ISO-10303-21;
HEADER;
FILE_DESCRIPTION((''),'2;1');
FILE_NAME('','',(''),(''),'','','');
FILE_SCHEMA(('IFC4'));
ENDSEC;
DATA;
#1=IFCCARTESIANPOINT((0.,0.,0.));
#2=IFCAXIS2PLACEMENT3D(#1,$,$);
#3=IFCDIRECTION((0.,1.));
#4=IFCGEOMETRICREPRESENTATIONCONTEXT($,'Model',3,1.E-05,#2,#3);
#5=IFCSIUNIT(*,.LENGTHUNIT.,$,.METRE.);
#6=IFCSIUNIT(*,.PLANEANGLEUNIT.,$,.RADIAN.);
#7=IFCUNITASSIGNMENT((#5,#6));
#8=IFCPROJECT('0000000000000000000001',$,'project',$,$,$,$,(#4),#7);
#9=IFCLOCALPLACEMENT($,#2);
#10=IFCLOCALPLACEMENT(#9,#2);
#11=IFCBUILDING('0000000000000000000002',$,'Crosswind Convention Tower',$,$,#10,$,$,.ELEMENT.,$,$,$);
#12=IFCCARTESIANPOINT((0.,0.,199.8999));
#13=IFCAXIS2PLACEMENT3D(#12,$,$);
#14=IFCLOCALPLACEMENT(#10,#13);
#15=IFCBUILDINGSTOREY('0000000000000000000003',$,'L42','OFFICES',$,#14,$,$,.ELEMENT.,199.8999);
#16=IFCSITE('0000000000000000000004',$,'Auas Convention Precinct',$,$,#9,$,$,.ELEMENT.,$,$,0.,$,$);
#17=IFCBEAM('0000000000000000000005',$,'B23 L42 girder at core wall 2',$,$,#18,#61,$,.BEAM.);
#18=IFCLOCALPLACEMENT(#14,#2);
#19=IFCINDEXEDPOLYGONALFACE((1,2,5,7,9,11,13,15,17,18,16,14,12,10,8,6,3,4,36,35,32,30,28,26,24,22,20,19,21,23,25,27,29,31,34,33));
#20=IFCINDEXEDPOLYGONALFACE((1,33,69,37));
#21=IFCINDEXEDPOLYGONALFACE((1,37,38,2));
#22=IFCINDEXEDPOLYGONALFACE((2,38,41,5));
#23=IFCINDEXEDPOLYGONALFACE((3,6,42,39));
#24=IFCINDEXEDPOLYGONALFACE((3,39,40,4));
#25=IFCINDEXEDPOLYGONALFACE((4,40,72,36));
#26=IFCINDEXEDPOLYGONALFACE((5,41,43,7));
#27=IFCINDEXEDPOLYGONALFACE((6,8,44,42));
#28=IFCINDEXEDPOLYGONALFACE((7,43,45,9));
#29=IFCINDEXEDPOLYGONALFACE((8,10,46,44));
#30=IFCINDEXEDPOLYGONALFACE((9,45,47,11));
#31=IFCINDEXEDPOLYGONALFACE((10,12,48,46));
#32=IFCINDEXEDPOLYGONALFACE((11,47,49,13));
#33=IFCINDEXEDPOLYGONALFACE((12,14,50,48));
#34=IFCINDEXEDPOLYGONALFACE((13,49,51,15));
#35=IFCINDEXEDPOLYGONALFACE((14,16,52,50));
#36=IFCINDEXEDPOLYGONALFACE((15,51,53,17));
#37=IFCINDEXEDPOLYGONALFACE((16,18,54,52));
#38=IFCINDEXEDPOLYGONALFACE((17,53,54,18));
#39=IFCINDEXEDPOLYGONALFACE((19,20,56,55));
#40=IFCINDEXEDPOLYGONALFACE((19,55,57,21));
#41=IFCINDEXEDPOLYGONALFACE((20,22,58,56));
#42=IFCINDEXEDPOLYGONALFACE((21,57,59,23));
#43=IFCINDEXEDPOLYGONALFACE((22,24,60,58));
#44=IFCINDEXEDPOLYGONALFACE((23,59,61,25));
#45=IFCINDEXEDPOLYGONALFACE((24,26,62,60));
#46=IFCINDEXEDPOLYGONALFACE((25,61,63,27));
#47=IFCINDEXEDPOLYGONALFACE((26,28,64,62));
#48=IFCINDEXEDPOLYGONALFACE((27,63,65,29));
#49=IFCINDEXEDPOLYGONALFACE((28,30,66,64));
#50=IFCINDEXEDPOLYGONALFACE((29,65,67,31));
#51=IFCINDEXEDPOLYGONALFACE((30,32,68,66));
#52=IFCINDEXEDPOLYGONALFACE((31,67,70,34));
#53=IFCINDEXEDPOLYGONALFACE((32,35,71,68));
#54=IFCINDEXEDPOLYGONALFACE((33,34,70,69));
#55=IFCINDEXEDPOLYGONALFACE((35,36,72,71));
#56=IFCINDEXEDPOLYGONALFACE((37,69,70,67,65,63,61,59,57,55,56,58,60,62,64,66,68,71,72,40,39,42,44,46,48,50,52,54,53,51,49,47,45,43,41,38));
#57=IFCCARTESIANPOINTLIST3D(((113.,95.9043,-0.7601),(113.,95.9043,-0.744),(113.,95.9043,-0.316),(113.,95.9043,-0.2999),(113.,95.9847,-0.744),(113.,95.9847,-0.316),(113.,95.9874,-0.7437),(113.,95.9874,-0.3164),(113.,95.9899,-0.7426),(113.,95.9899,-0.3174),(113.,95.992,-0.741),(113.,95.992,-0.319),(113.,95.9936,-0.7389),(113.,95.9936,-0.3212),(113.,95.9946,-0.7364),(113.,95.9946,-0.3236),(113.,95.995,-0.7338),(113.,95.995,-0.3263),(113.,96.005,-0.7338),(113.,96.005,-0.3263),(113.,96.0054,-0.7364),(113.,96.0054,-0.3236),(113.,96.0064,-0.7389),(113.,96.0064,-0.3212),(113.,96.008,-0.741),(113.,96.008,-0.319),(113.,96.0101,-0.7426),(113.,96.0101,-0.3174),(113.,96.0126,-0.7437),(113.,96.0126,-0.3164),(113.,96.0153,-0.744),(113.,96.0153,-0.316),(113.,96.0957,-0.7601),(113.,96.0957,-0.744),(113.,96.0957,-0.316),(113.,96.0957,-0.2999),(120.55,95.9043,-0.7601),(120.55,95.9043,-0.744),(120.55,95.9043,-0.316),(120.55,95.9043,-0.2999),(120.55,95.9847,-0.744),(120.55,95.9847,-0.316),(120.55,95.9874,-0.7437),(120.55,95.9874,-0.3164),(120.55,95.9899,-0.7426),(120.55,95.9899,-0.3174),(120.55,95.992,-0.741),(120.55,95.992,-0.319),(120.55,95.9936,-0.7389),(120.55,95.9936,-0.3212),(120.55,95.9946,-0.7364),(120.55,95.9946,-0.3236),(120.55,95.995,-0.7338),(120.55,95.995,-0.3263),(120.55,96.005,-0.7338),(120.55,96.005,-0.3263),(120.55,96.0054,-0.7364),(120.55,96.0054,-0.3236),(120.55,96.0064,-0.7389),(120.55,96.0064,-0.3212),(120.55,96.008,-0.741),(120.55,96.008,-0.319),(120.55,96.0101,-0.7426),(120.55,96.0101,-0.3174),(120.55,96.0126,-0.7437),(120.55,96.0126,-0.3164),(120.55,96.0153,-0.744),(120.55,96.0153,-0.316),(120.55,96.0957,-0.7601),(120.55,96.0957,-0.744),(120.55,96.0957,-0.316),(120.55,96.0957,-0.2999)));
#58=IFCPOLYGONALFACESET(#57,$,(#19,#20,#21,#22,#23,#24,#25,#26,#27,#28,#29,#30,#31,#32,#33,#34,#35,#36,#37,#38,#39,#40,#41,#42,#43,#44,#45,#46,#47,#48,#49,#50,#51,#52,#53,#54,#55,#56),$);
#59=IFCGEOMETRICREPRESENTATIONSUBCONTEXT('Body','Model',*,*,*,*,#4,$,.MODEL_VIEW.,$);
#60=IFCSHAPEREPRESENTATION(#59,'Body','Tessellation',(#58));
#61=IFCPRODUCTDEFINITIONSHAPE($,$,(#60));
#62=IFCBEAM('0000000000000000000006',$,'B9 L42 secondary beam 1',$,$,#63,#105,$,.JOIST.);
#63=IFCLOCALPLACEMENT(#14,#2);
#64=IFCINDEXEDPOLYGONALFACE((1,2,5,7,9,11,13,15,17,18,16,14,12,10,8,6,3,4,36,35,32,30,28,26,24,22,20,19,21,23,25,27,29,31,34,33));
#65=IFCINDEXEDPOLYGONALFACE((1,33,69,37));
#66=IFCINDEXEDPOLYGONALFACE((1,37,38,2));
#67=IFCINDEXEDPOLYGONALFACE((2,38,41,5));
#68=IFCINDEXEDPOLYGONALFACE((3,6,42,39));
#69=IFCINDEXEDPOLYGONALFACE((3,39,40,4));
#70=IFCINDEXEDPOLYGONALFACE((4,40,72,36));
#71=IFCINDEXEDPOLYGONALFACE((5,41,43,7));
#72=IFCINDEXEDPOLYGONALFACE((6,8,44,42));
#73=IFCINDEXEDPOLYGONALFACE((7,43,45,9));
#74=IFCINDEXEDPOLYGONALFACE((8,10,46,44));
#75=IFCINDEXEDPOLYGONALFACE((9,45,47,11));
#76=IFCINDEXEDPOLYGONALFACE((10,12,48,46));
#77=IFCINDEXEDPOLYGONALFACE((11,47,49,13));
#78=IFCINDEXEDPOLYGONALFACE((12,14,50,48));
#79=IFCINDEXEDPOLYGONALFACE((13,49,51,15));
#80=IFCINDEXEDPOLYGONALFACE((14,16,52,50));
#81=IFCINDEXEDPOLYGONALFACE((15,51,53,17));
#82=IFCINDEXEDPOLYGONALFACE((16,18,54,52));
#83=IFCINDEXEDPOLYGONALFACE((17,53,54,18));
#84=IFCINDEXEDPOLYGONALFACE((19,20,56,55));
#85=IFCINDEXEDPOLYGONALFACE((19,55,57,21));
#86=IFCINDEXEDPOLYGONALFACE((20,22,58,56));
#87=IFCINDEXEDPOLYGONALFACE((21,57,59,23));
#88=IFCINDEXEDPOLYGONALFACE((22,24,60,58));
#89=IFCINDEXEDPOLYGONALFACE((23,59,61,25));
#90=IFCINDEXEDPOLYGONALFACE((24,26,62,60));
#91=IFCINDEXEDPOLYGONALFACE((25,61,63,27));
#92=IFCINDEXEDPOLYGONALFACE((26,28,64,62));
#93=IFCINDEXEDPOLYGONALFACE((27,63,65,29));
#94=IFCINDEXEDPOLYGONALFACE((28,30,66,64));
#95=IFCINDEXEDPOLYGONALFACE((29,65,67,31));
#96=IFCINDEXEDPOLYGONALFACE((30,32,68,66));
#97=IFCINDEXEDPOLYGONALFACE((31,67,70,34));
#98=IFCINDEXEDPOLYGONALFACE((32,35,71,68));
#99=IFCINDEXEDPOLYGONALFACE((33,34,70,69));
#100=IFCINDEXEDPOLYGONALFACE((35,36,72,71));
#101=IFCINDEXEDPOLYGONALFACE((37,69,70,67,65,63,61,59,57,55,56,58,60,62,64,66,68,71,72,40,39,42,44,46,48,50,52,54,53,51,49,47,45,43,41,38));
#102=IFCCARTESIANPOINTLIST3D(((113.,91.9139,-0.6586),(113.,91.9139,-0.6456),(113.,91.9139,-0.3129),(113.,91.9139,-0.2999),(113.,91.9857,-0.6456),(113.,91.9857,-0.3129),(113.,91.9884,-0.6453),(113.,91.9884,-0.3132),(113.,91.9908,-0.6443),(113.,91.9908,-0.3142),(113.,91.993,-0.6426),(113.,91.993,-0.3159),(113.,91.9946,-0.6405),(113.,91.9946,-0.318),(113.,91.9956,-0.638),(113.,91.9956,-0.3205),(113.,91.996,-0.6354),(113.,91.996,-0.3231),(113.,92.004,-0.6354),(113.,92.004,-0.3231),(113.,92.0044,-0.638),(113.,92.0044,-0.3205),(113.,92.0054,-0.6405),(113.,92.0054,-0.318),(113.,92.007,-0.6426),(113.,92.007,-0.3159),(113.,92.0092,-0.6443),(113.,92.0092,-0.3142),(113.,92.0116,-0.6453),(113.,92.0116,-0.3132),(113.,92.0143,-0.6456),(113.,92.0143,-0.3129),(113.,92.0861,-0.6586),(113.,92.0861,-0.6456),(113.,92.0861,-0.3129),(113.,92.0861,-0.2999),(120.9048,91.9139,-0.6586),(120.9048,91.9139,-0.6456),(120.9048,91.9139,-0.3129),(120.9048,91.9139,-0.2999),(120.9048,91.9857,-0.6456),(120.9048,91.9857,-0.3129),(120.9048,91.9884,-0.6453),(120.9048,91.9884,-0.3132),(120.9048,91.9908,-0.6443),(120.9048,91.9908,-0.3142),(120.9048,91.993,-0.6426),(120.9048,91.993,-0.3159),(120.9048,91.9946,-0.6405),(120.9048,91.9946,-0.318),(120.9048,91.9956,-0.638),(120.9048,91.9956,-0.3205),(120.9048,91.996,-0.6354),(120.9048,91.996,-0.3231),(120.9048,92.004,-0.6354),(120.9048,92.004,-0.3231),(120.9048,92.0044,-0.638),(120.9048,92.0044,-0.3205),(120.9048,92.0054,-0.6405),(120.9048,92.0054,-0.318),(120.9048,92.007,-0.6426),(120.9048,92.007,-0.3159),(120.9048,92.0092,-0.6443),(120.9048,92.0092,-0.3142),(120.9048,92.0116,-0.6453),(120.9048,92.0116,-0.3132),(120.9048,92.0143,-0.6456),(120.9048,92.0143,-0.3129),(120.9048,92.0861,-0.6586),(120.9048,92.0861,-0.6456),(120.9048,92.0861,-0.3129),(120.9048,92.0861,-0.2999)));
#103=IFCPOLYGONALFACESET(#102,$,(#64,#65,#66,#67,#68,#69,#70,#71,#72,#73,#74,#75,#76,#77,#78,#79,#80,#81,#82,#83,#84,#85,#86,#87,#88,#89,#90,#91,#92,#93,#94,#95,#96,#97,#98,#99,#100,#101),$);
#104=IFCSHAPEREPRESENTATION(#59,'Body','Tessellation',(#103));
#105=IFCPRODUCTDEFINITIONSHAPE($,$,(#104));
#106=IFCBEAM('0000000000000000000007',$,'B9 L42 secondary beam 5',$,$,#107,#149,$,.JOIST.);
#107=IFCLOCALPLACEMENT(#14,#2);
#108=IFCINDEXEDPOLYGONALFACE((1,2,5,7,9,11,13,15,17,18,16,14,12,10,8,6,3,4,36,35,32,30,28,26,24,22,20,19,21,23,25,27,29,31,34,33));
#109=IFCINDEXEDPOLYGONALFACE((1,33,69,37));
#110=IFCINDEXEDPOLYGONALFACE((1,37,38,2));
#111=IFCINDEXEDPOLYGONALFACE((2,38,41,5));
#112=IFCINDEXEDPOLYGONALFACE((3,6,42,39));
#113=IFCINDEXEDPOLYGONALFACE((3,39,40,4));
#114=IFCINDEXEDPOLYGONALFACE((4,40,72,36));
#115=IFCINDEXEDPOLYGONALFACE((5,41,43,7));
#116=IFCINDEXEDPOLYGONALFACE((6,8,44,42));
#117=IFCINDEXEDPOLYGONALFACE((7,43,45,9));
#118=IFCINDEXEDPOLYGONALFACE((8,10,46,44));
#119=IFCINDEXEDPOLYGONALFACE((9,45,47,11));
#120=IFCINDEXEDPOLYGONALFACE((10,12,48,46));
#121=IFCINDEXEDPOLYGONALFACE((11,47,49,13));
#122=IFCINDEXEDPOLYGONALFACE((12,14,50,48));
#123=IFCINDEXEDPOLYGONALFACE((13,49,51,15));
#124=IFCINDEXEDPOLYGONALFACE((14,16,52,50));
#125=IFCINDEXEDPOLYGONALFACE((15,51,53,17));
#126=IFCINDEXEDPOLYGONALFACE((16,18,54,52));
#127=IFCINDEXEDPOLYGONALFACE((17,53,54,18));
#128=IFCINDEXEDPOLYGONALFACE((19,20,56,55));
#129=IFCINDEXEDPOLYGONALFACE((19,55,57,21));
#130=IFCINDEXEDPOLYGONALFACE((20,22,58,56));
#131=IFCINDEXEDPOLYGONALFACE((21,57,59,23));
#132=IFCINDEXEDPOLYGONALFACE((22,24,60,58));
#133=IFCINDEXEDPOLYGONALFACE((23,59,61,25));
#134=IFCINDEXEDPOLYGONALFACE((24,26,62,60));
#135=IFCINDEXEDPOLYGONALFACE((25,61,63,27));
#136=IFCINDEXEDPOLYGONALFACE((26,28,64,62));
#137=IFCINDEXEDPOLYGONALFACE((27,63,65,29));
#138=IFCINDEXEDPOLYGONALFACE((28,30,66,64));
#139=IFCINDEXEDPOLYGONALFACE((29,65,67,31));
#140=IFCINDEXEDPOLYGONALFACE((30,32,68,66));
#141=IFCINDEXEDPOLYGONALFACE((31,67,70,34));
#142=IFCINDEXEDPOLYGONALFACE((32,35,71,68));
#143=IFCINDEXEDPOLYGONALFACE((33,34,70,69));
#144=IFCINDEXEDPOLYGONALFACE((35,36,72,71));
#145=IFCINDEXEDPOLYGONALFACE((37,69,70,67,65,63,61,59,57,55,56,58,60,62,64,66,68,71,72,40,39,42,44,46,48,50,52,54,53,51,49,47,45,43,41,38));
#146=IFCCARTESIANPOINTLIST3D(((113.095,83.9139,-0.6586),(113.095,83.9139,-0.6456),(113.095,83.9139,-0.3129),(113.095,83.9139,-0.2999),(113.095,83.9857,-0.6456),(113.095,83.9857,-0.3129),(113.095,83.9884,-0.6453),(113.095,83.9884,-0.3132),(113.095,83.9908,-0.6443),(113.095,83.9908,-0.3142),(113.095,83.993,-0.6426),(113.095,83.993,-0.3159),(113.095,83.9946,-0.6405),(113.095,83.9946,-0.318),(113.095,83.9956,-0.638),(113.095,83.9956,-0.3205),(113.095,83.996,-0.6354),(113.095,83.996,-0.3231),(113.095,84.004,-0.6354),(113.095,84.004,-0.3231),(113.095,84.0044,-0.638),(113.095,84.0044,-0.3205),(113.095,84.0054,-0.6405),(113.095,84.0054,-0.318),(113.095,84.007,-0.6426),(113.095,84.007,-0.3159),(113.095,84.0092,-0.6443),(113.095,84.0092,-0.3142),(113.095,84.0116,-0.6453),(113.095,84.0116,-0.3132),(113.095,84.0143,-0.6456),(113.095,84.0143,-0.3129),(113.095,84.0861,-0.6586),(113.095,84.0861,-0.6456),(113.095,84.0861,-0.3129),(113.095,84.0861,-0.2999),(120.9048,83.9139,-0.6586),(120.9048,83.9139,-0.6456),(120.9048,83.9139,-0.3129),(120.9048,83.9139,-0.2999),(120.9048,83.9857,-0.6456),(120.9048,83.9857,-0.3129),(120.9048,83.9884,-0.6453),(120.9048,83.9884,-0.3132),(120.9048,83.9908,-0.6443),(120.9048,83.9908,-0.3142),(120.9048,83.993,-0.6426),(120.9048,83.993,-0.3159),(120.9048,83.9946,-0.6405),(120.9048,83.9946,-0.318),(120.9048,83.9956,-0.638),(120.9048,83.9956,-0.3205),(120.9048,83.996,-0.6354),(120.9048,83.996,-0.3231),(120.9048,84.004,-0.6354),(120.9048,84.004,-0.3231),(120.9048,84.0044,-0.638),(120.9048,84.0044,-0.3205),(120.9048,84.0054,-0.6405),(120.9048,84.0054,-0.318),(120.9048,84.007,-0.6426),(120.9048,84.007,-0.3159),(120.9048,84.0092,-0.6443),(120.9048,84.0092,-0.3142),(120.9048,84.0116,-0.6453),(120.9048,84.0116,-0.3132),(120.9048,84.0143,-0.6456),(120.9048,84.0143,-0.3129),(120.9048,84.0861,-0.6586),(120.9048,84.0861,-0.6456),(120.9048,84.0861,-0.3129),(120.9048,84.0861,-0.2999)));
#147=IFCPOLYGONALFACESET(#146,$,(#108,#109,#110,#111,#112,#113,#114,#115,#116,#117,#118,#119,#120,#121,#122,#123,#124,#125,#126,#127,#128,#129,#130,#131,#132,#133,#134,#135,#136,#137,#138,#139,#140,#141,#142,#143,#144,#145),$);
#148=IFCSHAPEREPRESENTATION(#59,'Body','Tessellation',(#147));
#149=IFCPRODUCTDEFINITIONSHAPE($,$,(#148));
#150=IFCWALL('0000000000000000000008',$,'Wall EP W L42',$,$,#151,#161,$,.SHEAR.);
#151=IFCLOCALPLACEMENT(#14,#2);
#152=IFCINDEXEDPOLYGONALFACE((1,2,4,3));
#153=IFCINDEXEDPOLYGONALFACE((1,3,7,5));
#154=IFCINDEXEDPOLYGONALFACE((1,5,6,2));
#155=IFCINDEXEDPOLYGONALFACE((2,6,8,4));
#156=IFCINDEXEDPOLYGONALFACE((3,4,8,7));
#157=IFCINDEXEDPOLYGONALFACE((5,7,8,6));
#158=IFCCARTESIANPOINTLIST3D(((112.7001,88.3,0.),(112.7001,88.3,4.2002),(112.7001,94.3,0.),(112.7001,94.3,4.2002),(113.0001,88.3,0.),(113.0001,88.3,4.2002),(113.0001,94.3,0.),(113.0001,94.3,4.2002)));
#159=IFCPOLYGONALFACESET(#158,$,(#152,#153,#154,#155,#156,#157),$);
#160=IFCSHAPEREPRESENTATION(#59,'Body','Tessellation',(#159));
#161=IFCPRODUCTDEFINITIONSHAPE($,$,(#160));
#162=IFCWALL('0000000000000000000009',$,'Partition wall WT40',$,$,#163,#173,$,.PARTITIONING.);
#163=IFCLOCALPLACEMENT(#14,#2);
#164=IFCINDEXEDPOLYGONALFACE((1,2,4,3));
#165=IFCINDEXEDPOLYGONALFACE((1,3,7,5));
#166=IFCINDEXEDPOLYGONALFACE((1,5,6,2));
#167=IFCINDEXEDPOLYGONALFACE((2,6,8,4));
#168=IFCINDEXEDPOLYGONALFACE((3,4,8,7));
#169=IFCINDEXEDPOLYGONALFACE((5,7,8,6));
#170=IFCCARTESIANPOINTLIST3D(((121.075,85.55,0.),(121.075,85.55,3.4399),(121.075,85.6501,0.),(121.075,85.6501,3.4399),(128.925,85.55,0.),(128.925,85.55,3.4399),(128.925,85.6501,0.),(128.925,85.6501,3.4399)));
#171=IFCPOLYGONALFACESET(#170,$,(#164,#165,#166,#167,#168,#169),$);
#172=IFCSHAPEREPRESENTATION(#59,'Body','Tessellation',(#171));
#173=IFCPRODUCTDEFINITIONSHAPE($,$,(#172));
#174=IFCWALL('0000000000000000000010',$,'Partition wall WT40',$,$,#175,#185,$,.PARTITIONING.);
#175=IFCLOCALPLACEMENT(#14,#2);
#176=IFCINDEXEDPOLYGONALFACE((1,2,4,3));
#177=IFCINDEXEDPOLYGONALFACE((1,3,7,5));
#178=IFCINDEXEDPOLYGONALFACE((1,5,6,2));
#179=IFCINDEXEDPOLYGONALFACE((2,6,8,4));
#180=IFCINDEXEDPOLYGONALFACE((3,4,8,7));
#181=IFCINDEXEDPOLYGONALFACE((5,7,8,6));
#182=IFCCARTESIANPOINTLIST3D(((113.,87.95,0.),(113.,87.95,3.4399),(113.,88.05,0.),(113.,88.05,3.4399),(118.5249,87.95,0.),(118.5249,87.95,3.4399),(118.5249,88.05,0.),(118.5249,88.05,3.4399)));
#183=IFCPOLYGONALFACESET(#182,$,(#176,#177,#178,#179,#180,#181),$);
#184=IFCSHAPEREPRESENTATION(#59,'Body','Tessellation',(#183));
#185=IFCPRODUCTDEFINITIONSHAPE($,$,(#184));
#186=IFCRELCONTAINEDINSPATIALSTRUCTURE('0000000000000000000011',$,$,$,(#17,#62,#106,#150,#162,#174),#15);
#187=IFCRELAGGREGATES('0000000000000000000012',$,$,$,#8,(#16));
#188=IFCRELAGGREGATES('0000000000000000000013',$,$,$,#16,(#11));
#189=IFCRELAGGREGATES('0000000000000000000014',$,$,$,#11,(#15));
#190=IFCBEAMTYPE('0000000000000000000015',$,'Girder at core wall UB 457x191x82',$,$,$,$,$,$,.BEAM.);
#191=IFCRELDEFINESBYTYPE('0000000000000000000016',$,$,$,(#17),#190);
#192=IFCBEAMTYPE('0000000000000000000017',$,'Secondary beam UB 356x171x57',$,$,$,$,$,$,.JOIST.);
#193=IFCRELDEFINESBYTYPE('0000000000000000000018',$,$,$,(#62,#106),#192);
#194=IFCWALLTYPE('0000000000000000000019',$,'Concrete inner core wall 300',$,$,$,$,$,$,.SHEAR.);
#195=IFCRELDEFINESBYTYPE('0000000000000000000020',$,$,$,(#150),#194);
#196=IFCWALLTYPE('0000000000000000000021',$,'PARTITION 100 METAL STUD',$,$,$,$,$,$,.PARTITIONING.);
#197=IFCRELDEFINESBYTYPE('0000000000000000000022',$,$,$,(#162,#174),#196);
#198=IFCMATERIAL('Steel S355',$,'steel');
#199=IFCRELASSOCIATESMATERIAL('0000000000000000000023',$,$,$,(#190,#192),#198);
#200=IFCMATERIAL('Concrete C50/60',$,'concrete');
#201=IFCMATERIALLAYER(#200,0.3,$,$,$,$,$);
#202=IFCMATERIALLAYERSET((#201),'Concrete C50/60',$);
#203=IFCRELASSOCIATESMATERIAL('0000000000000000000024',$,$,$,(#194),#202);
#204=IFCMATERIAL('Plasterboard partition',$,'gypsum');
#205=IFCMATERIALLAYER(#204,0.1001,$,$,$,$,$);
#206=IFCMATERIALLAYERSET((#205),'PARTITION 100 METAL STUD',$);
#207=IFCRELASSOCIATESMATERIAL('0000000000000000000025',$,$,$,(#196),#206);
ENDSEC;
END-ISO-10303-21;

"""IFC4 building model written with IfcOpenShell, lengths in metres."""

from ifc_helpers import new_model, si_unit, direction, frame, frame_2d, origin, origin_2d, place, context, subcontext, project, spatial, rectangle, i_section, extrude, material, layer, layer_set, material_profile, profile_set, type_object, element, save


model = new_model("IFC4")

# Units and contexts
model_context = context("Model", 3, precision=1e-05, world=origin(), true_north=direction((0.0, 1.0)))
body_context = subcontext(model_context, "Body", "Model", "MODEL_VIEW")
ifc_project = project(units=[si_unit("LENGTHUNIT", "METRE"), si_unit("PLANEANGLEUNIT", "RADIAN")], contexts=[model_context])

# Site, building, storey
site_placement = place(None, origin())
site = spatial("IfcSite", under=ifc_project, at=site_placement, Name="Auas Convention Precinct", CompositionType="ELEMENT", RefElevation=0.0)
building_placement = place(site_placement, origin())
building = spatial("IfcBuilding", under=site, at=building_placement, Name="Crosswind Convention Tower", CompositionType="ELEMENT")
storey_placement = place(building_placement, frame((0.0, 0.0, 199.8999)))
storey = spatial("IfcBuildingStorey", under=building, at=storey_placement, Name="L42", Description="OFFICES", CompositionType="ELEMENT", Elevation=199.8999)

# Beams
ifc_material_1 = material(Name="Steel S355", Category="steel")
ifc_material_profile_1 = material_profile(ifc_material_1, i_section(OverallWidth=0.1914, OverallDepth=0.4602, WebThickness=0.01, FlangeThickness=0.0161, FilletRadius=0.0103, at=origin_2d()), Name="UB 457x191x82")
ifc_profile_set_1 = profile_set([ifc_material_profile_1], Name="Steel S355")
beam_type_1 = type_object("IfcBeamType", Name="Girder at core wall UB 457x191x82", PredefinedType="BEAM", material=ifc_profile_set_1)
for number, where, z_axis, x_axis, name in (
    (1, (113.0, 96.0, -0.53), (1.0, 0.0, 0.0), (0.0, 1.0, 0.0), "B23 L42 girder at core wall 2"),
):
    element("IfcBeam", number, at=place(storey_placement, frame(where, z_axis=z_axis, x_axis=x_axis)), inside=storey, type_object=beam_type_1, Name=name, PredefinedType="BEAM", context=body_context, shape_type="SweptSolid", body=[
        extrude(i_section(OverallWidth=0.1914, OverallDepth=0.4602, WebThickness=0.01, FlangeThickness=0.0161, FilletRadius=0.0103, at=origin_2d()), origin(), (0.0, 0.0, 1.0), 7.55),
    ])
ifc_material_profile_2 = material_profile(ifc_material_1, i_section(OverallWidth=0.1721, OverallDepth=0.3586, WebThickness=0.0081, FlangeThickness=0.0129, FilletRadius=0.0103, at=origin_2d()), Name="UB 356x171x57")
ifc_profile_set_2 = profile_set([ifc_material_profile_2], Name="Steel S355")
beam_type_2 = type_object("IfcBeamType", Name="Secondary beam UB 356x171x57", PredefinedType="JOIST", material=ifc_profile_set_2)
beam_1_placement = place(storey_placement, frame((113.0, 92.0, -0.4792), z_axis=(1.0, 0.0, 0.0), x_axis=(0.0, 1.0, 0.0)))
element("IfcBeam", 2, at=beam_1_placement, inside=storey, type_object=beam_type_2, Name="B9 L42 secondary beam 1", PredefinedType="JOIST", context=body_context, shape_type="SweptSolid", body=[
    extrude(i_section(OverallWidth=0.1721, OverallDepth=0.3586, WebThickness=0.0081, FlangeThickness=0.0129, FilletRadius=0.0103, at=origin_2d()), origin(), (0.0, 0.0, 1.0), 7.9048),
])
beam_2_placement = place(storey_placement, frame((113.095, 84.0, -0.4792), z_axis=(1.0, 0.0, 0.0), x_axis=(0.0, 1.0, 0.0)))
element("IfcBeam", 3, at=beam_2_placement, inside=storey, type_object=beam_type_2, Name="B9 L42 secondary beam 5", PredefinedType="JOIST", context=body_context, shape_type="SweptSolid", body=[
    extrude(i_section(OverallWidth=0.1721, OverallDepth=0.3586, WebThickness=0.0081, FlangeThickness=0.0129, FilletRadius=0.0103, at=origin_2d()), origin(), (0.0, 0.0, 1.0), 7.8098),
])

# Walls
ifc_material_2 = material(Name="Concrete C50/60", Category="concrete")
ifc_layer_1 = layer(ifc_material_2, 0.3)
ifc_layer_set_1 = layer_set([ifc_layer_1], Name="Concrete C50/60")
wall_type_1 = type_object("IfcWallType", Name="Concrete inner core wall 300", PredefinedType="SHEAR", material=ifc_layer_set_1)
wall_1_placement = place(storey_placement, frame((112.8501, 94.3, 0.0), z_axis=(0.0, 0.0, 1.0), x_axis=(0.0, -1.0, 0.0)))
element("IfcWall", 4, at=wall_1_placement, inside=storey, type_object=wall_type_1, Name="Wall EP W L42", PredefinedType="SHEAR", context=body_context, shape_type="SweptSolid", body=[
    extrude(rectangle(XDim=6.0, YDim=0.3, at=frame_2d((3.0, 0.0))), origin(), (0.0, 0.0, 1.0), 4.2002),
])
ifc_material_3 = material(Name="Plasterboard partition", Category="gypsum")
ifc_layer_2 = layer(ifc_material_3, 0.1001)
ifc_layer_set_2 = layer_set([ifc_layer_2], Name="PARTITION 100 METAL STUD")
wall_type_2 = type_object("IfcWallType", Name="PARTITION 100 METAL STUD", PredefinedType="PARTITIONING", material=ifc_layer_set_2)
wall_2_placement = place(storey_placement, frame((121.075, 85.6001, 0.0), z_axis=(0.0, 0.0, 1.0), x_axis=(1.0, 0.0, 0.0)))
element("IfcWall", 5, at=wall_2_placement, inside=storey, type_object=wall_type_2, Name="Partition wall WT40", PredefinedType="PARTITIONING", context=body_context, shape_type="SweptSolid", body=[
    extrude(rectangle(XDim=7.8501, YDim=0.1001, at=frame_2d((3.925, 0.0))), origin(), (0.0, 0.0, 1.0), 3.4399),
])
wall_3_placement = place(storey_placement, frame((113.0, 88.0, 0.0), z_axis=(0.0, 0.0, 1.0), x_axis=(1.0, 0.0, 0.0)))
element("IfcWall", 6, at=wall_3_placement, inside=storey, type_object=wall_type_2, Name="Partition wall WT40", PredefinedType="PARTITIONING", context=body_context, shape_type="SweptSolid", body=[
    extrude(rectangle(XDim=5.5249, YDim=0.1001, at=frame_2d((2.7625, 0.0))), origin(), (0.0, 0.0, 1.0), 3.4399),
])

save(model, "model.ifc")
